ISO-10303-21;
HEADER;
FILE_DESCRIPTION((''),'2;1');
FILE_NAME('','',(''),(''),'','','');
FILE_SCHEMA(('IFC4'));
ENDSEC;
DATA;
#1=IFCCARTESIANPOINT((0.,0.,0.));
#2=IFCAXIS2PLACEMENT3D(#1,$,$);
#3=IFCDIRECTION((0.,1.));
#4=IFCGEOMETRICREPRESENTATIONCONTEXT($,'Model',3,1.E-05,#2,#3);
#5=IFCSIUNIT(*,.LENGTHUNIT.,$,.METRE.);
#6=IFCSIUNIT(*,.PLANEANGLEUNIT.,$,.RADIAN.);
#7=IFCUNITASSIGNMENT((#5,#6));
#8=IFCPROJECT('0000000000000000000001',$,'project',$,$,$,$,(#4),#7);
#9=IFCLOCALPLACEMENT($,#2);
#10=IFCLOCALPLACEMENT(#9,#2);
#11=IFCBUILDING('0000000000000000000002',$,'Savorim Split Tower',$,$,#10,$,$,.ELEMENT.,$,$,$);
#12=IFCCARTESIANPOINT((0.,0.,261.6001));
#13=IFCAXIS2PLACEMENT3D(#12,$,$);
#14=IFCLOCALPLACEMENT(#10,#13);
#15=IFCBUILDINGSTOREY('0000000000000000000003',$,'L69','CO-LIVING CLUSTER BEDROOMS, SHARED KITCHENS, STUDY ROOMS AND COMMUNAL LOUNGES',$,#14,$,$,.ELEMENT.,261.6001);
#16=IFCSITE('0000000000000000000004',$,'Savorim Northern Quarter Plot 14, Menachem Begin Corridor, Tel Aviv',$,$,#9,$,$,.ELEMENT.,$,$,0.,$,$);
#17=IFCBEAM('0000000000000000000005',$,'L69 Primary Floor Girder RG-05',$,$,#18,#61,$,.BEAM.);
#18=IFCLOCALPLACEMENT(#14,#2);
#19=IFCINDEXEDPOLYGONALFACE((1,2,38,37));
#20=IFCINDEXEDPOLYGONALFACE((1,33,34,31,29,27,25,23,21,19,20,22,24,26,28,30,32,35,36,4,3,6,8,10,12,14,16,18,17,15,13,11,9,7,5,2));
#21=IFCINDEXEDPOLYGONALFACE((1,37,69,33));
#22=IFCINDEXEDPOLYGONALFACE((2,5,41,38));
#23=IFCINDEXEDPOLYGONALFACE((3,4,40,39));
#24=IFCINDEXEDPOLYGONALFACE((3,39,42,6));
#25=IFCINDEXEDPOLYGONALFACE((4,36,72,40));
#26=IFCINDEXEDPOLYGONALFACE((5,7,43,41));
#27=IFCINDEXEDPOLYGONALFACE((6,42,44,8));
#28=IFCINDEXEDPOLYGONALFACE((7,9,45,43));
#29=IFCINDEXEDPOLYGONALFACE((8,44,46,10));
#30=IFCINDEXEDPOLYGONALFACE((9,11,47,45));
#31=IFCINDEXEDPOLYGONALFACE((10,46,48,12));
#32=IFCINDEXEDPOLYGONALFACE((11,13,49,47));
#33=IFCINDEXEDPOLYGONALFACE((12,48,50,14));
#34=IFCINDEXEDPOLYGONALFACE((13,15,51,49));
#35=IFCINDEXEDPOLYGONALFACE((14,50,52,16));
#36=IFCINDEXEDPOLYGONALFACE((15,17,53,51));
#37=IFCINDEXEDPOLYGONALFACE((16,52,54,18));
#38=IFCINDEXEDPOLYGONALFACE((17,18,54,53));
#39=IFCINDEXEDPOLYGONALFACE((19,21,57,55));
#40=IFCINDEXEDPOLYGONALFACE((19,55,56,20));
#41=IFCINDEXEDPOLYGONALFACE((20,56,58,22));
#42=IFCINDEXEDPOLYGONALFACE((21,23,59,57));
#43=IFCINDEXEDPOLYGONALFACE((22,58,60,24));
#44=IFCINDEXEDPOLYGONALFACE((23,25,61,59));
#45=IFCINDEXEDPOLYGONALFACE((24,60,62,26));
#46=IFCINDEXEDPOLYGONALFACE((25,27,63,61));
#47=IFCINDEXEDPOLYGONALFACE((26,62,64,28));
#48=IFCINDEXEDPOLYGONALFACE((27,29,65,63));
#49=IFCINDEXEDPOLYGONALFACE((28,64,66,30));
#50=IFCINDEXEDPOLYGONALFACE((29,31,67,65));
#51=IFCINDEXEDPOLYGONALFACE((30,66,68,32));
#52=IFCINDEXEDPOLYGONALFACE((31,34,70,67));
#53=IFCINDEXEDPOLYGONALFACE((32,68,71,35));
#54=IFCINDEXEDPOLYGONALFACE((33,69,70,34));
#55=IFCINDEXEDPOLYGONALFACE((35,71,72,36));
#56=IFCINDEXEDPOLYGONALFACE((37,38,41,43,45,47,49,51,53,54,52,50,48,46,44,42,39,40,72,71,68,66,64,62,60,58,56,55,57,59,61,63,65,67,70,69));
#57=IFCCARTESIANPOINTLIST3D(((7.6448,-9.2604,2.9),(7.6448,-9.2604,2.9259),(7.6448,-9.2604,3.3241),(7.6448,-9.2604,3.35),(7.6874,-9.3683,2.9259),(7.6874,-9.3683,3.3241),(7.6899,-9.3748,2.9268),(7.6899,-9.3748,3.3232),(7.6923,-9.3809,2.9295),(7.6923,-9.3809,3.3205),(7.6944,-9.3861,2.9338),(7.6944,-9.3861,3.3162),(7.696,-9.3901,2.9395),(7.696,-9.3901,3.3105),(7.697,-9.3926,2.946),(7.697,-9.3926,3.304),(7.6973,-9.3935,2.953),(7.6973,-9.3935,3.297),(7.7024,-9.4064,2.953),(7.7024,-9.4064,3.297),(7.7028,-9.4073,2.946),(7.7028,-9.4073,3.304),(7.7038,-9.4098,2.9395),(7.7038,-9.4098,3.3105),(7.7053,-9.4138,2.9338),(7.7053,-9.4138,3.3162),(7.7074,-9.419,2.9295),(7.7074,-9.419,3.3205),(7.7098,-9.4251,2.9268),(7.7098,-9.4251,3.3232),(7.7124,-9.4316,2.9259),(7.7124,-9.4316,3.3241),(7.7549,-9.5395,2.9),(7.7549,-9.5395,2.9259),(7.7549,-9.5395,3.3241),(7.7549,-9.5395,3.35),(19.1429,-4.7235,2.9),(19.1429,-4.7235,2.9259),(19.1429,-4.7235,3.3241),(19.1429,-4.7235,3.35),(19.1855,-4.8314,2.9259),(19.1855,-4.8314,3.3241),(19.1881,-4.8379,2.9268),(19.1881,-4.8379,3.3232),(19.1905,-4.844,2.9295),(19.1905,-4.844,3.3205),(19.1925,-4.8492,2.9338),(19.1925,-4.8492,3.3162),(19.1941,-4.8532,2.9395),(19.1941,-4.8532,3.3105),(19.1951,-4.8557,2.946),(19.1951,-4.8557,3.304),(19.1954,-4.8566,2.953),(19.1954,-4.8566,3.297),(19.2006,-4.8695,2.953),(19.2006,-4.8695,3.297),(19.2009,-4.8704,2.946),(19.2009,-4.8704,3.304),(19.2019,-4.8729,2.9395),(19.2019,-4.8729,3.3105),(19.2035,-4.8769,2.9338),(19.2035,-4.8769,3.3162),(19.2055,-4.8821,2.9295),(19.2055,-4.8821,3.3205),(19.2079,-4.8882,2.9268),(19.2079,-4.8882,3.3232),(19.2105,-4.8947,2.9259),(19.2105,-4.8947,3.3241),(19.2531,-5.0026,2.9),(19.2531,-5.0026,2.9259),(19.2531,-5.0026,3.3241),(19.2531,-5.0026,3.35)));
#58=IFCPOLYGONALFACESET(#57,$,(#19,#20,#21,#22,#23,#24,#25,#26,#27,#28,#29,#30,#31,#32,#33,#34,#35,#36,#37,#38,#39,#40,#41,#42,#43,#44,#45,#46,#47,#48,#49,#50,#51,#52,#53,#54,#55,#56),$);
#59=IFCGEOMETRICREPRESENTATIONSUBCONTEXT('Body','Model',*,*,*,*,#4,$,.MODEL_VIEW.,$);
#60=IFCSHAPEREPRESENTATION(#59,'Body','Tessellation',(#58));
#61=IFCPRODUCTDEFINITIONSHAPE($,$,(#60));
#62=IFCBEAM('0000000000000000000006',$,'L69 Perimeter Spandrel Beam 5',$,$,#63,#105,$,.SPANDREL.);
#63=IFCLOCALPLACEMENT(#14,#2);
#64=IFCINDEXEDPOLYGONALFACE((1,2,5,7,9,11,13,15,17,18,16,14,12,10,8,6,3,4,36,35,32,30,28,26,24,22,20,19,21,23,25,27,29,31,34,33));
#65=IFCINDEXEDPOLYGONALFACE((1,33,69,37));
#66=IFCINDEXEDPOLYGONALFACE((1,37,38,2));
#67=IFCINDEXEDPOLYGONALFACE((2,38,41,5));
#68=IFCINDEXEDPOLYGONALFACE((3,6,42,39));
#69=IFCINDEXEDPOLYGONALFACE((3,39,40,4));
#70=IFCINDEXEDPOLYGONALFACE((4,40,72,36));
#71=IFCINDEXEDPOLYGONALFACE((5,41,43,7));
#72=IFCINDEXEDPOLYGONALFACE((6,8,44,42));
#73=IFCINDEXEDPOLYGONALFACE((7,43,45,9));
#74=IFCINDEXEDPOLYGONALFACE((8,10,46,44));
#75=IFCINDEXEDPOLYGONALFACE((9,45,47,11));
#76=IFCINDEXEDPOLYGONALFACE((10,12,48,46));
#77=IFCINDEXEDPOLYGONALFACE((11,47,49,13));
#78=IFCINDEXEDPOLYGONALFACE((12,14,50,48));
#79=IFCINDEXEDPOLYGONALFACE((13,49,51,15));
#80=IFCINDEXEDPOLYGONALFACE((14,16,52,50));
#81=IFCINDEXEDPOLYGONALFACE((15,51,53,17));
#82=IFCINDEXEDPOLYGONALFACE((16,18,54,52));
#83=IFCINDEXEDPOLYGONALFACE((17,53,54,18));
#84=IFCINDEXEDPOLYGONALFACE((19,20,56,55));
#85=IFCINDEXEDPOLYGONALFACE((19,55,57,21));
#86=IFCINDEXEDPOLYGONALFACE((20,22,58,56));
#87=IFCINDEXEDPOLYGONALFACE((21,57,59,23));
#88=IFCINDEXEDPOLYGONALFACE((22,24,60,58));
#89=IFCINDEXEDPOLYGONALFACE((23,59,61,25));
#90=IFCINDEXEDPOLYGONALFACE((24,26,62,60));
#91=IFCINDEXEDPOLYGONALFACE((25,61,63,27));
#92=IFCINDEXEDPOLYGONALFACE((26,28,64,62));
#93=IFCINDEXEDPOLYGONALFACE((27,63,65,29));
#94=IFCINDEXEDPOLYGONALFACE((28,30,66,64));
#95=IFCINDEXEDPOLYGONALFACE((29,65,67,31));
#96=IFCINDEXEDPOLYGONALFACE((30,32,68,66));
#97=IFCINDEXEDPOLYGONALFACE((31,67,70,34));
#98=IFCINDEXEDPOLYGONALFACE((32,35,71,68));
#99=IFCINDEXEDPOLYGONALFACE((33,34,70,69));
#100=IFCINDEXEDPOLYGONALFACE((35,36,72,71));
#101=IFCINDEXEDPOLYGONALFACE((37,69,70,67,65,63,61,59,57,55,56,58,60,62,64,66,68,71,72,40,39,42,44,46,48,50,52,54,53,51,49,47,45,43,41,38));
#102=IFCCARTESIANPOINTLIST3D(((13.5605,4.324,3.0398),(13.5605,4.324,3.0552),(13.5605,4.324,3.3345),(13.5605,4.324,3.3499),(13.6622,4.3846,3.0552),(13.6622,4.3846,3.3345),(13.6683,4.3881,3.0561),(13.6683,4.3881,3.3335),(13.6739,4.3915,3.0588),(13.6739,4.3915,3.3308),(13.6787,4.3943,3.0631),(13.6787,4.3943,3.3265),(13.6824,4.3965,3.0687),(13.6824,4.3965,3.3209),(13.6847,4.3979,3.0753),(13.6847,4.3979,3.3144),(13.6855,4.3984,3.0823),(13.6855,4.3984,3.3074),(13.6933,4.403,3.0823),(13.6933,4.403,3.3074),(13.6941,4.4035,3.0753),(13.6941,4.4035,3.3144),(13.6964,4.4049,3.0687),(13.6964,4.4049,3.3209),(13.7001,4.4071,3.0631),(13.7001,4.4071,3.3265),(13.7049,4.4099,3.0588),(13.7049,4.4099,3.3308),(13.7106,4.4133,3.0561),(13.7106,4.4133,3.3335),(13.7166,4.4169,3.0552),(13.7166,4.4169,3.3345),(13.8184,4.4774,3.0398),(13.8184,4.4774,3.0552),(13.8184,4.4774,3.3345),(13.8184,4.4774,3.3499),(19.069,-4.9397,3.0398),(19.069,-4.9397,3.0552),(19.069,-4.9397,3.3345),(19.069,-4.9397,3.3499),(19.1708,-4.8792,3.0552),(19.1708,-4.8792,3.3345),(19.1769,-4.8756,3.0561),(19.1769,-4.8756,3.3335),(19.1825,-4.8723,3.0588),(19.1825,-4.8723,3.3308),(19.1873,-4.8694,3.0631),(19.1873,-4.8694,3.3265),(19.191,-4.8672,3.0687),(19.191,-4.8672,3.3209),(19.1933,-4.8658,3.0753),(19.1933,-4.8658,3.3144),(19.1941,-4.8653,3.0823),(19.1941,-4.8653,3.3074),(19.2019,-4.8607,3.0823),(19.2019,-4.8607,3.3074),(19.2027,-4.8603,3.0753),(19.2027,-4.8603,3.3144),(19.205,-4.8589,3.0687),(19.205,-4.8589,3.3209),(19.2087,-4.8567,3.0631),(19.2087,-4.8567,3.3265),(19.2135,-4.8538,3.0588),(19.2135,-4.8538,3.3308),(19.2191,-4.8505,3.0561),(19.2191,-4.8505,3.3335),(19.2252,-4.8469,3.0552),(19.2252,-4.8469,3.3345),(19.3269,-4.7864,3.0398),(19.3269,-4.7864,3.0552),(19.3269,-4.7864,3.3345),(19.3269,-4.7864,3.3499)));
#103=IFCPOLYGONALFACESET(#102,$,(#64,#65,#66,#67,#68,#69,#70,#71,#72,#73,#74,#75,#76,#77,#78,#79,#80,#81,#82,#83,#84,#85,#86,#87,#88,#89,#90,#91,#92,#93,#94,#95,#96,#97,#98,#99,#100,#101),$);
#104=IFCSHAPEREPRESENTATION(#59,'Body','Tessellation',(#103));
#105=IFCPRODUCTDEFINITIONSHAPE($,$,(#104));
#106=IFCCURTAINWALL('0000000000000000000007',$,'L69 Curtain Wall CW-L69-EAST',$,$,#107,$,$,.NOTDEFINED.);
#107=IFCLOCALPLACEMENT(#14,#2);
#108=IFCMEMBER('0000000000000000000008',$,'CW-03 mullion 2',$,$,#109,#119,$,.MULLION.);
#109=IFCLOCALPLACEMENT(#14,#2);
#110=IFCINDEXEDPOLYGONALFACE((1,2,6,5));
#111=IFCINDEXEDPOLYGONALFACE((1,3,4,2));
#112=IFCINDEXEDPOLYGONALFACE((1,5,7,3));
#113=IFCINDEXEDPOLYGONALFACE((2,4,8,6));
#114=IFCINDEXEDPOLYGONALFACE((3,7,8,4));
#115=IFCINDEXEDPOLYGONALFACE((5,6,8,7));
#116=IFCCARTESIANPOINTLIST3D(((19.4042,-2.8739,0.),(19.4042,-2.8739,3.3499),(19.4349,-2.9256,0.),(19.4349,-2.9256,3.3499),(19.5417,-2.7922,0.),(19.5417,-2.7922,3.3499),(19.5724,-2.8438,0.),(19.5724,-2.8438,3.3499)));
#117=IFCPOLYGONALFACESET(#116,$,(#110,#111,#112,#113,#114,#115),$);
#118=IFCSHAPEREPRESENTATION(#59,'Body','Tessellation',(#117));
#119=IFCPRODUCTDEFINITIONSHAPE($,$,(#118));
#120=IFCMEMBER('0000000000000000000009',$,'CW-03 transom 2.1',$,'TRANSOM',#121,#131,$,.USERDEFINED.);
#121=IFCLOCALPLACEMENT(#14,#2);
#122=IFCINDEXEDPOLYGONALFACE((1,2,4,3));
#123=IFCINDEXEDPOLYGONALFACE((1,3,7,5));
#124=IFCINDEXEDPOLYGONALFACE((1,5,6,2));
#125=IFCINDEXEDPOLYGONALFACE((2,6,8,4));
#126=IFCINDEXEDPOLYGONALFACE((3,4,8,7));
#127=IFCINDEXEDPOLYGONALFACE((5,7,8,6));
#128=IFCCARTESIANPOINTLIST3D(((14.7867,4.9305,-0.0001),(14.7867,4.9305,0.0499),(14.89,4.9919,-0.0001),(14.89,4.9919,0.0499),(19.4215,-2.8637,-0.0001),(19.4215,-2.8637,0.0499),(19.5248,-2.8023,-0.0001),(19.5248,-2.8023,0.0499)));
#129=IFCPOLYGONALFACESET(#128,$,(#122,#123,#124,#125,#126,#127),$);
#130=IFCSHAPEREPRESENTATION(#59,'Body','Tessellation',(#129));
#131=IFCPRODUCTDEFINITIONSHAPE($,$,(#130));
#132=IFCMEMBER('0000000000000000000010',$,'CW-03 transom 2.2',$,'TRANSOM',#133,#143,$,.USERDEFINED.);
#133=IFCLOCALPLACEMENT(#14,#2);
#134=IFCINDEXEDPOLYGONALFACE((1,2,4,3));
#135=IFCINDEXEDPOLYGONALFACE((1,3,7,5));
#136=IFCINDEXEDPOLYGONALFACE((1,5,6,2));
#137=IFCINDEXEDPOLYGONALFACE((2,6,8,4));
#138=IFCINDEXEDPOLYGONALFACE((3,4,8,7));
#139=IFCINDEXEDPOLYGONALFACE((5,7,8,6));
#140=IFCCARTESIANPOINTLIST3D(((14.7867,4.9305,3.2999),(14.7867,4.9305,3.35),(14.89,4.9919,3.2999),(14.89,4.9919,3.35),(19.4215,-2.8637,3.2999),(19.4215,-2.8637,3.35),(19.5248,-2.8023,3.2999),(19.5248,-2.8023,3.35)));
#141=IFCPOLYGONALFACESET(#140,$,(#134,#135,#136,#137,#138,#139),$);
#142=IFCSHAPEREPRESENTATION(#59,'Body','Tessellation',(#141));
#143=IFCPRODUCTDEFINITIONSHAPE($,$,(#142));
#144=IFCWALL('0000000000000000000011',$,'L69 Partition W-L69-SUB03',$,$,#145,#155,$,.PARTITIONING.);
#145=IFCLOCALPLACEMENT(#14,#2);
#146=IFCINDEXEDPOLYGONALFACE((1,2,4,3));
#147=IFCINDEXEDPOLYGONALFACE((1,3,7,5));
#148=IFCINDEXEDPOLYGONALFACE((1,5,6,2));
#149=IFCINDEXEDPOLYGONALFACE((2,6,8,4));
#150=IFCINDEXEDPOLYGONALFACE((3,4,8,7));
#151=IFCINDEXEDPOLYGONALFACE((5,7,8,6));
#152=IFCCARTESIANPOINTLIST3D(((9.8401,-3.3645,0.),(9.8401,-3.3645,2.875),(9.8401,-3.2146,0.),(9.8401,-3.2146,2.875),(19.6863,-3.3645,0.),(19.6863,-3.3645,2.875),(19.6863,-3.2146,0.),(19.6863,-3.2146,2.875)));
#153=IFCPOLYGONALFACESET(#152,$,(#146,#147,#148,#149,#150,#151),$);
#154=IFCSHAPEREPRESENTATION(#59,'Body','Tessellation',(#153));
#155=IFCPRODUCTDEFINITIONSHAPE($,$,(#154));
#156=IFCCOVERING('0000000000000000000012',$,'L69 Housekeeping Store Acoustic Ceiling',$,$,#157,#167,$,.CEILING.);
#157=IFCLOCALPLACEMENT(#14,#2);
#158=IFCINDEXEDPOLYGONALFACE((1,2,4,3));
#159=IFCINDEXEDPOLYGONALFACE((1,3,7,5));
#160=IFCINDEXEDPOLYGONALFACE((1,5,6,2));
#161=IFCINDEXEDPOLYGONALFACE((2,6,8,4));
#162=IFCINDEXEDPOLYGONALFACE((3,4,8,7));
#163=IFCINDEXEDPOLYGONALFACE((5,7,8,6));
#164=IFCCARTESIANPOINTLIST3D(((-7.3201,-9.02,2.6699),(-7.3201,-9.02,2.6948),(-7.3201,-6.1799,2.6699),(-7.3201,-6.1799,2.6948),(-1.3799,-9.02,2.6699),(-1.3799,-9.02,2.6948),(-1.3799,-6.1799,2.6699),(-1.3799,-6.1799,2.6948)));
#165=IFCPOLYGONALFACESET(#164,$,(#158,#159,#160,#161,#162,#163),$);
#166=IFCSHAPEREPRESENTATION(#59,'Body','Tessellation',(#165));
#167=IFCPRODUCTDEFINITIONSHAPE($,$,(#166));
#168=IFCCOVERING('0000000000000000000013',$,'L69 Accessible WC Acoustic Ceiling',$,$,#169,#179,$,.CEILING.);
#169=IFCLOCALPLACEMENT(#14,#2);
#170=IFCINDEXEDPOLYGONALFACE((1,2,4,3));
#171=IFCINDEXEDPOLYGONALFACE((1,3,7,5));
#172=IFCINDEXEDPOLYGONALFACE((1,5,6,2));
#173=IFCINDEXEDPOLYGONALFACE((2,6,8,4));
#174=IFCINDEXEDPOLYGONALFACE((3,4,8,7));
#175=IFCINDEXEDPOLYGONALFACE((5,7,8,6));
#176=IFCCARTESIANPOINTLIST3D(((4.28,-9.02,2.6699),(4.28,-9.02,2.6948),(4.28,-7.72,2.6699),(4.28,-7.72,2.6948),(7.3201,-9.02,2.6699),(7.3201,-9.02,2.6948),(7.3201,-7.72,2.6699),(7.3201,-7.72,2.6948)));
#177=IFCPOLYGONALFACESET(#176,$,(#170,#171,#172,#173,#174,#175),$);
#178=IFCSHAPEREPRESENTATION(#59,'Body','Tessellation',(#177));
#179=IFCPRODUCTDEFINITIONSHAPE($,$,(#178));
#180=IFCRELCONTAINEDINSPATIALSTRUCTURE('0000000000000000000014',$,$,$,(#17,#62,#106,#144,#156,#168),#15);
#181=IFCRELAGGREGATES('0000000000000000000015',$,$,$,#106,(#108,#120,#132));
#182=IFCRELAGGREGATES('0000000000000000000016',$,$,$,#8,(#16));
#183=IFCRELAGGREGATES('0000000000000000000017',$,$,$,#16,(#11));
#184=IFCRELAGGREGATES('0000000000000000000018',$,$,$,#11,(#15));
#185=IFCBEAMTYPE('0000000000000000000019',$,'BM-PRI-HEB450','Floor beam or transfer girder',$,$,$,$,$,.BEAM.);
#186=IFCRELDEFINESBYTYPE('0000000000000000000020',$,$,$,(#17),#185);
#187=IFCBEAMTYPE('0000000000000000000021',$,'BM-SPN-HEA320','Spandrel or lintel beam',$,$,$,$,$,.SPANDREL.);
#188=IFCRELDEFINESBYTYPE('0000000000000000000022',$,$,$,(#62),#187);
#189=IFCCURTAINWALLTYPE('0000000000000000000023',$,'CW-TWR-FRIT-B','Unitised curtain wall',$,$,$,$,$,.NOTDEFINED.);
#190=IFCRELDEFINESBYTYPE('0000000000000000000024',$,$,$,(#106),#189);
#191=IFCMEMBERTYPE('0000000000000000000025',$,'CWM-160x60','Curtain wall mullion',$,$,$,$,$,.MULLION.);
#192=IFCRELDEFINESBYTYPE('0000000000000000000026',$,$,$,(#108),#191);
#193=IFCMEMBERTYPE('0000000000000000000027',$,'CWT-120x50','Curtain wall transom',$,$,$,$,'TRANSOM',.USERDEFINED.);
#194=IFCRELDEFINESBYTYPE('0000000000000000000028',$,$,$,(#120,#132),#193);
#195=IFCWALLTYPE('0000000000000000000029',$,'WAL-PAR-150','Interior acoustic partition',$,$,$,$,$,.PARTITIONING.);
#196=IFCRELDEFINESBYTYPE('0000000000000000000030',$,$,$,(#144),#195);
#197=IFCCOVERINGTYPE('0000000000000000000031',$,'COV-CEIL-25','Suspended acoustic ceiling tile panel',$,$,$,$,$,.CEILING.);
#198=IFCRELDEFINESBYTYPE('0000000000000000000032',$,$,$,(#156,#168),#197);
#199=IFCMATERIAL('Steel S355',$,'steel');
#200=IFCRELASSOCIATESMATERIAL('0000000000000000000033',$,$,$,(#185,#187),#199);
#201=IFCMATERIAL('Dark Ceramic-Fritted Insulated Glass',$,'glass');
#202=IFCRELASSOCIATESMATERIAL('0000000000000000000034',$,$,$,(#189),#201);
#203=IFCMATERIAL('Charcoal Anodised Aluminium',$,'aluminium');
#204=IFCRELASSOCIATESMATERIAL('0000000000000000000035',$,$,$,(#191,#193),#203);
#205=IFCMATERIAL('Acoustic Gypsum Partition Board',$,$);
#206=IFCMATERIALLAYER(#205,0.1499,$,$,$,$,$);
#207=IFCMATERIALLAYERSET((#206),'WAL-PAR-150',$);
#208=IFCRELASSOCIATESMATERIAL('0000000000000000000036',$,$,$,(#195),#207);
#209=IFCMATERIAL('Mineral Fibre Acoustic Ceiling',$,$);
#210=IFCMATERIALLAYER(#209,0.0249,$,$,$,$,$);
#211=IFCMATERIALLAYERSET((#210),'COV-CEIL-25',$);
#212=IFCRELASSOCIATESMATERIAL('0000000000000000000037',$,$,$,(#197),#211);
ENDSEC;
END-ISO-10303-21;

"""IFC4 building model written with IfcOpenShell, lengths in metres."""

from ifc_helpers import new_model, si_unit, direction, frame, frame_2d, origin, origin_2d, place, context, subcontext, project, spatial, polyline, rectangle, i_section, outline, extrude, material, layer, layer_set, material_profile, profile_set, type_object, element, aggregate, save


model = new_model("IFC4")

# Units and contexts
model_context = context("Model", 3, precision=1e-05, world=origin(), true_north=direction((0.0, 1.0)))
body_context = subcontext(model_context, "Body", "Model", "MODEL_VIEW")
ifc_project = project(units=[si_unit("LENGTHUNIT", "METRE"), si_unit("PLANEANGLEUNIT", "RADIAN")], contexts=[model_context])

# Site, building, storey
site_placement = place(None, origin())
site = spatial("IfcSite", under=ifc_project, at=site_placement, Name="Savorim Northern Quarter Plot 14, Menachem Begin Corridor, Tel Aviv", CompositionType="ELEMENT", RefElevation=0.0)
building_placement = place(site_placement, origin())
building = spatial("IfcBuilding", under=site, at=building_placement, Name="Savorim Split Tower", CompositionType="ELEMENT")
storey_placement = place(building_placement, frame((0.0, 0.0, 261.6001)))
storey = spatial("IfcBuildingStorey", under=building, at=storey_placement, Name="L69", Description="CO-LIVING CLUSTER BEDROOMS, SHARED KITCHENS, STUDY ROOMS AND COMMUNAL LOUNGES", CompositionType="ELEMENT", Elevation=261.6001)

# Beams
ifc_material_1 = material(Name="Steel S355", Category="steel")
ifc_material_profile_1 = material_profile(ifc_material_1, i_section(OverallWidth=0.3, OverallDepth=0.45, WebThickness=0.0139, FlangeThickness=0.0259, FilletRadius=0.0271, at=origin_2d()), Name="HEB 450")
ifc_profile_set_1 = profile_set([ifc_material_profile_1], Name="Steel S355")
beam_type_1 = type_object("IfcBeamType", Name="BM-PRI-HEB450", Description="Floor beam or transfer girder", PredefinedType="BEAM", material=ifc_profile_set_1)
beam_1_placement = place(storey_placement, frame((19.198, -4.863, 3.125), z_axis=(-0.930206, -0.367038, 0.0), x_axis=(0.367038, -0.930206, 0.0)))
element("IfcBeam", 1, at=beam_1_placement, inside=storey, type_object=beam_type_1, Name="L69 Primary Floor Girder RG-05", PredefinedType="BEAM", context=body_context, shape_type="SweptSolid", body=[
    extrude(i_section(OverallWidth=0.3, OverallDepth=0.45, WebThickness=0.0139, FlangeThickness=0.0259, FilletRadius=0.0271, at=origin_2d()), origin(), (0.0, 0.0, 1.0), 12.3608),
])
ifc_material_profile_2 = material_profile(ifc_material_1, i_section(OverallWidth=0.3, OverallDepth=0.3101, WebThickness=0.009, FlangeThickness=0.0154, FilletRadius=0.0271, at=origin_2d()), Name="HEA 320")
ifc_profile_set_2 = profile_set([ifc_material_profile_2], Name="Steel S355")
beam_type_2 = type_object("IfcBeamType", Name="BM-SPN-HEA320", Description="Spandrel or lintel beam", PredefinedType="SPANDREL", material=ifc_profile_set_2)
beam_2_placement = place(storey_placement, frame((19.198, -4.863, 3.1948), z_axis=(-0.511104, 0.859519, 0.0), x_axis=(-0.859519, -0.511104, 0.0)))
element("IfcBeam", 2, at=beam_2_placement, inside=storey, type_object=beam_type_2, Name="L69 Perimeter Spandrel Beam 5", PredefinedType="SPANDREL", context=body_context, shape_type="SweptSolid", body=[
    extrude(i_section(OverallWidth=0.3, OverallDepth=0.3101, WebThickness=0.009, FlangeThickness=0.0154, FilletRadius=0.0271, at=origin_2d()), origin(), (0.0, 0.0, 1.0), 10.7778),
])

# Curtain wall, members
ifc_material_2 = material(Name="Dark Ceramic-Fritted Insulated Glass", Category="glass")
curtain_wall_type = type_object("IfcCurtainWallType", Name="CW-TWR-FRIT-B", Description="Unitised curtain wall", PredefinedType="NOTDEFINED", material=ifc_material_2)
curtain_wall_placement = place(storey_placement, origin())
curtain_wall = element("IfcCurtainWall", 3, at=curtain_wall_placement, inside=storey, type_object=curtain_wall_type, Name="L69 Curtain Wall CW-L69-EAST", PredefinedType="NOTDEFINED")
ifc_material_3 = material(Name="Charcoal Anodised Aluminium", Category="aluminium")
ifc_material_profile_3 = material_profile(ifc_material_3, rectangle(XDim=0.1599, YDim=0.0601, at=origin_2d()), Name="ALU-M 160x60")
ifc_profile_set_3 = profile_set([ifc_material_profile_3], Name="Charcoal Anodised Aluminium")
member_type_1 = type_object("IfcMemberType", Name="CWM-160x60", Description="Curtain wall mullion", PredefinedType="MULLION", material=ifc_profile_set_3)
member_1_placement = place(storey_placement, frame((19.4883, -2.8589, 0.0), z_axis=(0.0, 0.0, 1.0), x_axis=(-0.859527, -0.51109, 0.0)))
member_1 = element("IfcMember", 4, at=member_1_placement, type_object=member_type_1, Name="CW-03 mullion 2", PredefinedType="MULLION", context=body_context, shape_type="SweptSolid", body=[
    extrude(rectangle(XDim=0.1599, YDim=0.0601, at=origin_2d()), origin(), (0.0, 0.0, 1.0), 3.3499),
])
ifc_material_profile_4 = material_profile(ifc_material_3, rectangle(XDim=0.1201, YDim=0.05, at=origin_2d()), Name="ALU-T 120x50")
ifc_profile_set_4 = profile_set([ifc_material_profile_4], Name="Charcoal Anodised Aluminium")
member_type_2 = type_object("IfcMemberType", Name="CWT-120x50", Description="Curtain wall transom", ElementType="TRANSOM", PredefinedType="USERDEFINED", material=ifc_profile_set_4)
member_2_placement = place(storey_placement, frame((19.4731, -2.833, 0.0249), z_axis=(-0.511107, 0.859517, 0.0), x_axis=(-0.859517, -0.511107, 0.0)))
member_2 = element("IfcMember", 5, at=member_2_placement, type_object=member_type_2, Name="CW-03 transom 2.1", ObjectType="TRANSOM", PredefinedType="USERDEFINED", context=body_context, shape_type="SweptSolid", body=[
    extrude(rectangle(XDim=0.1201, YDim=0.05, at=origin_2d()), origin(), (0.0, 0.0, 1.0), 9.0681),
])
member_3_placement = place(storey_placement, frame((19.4731, -2.833, 3.325), z_axis=(-0.511107, 0.859517, 0.0), x_axis=(-0.859517, -0.511107, 0.0)))
member_3 = element("IfcMember", 6, at=member_3_placement, type_object=member_type_2, Name="CW-03 transom 2.2", ObjectType="TRANSOM", PredefinedType="USERDEFINED", context=body_context, shape_type="SweptSolid", body=[
    extrude(rectangle(XDim=0.1201, YDim=0.05, at=origin_2d()), origin(), (0.0, 0.0, 1.0), 9.0681),
])
aggregate(curtain_wall, [member_1, member_2, member_3])

# Wall
ifc_material_4 = material(Name="Acoustic Gypsum Partition Board")
ifc_layer_1 = layer(ifc_material_4, 0.1499)
ifc_layer_set_1 = layer_set([ifc_layer_1], Name="WAL-PAR-150")
wall_type = type_object("IfcWallType", Name="WAL-PAR-150", Description="Interior acoustic partition", PredefinedType="PARTITIONING", material=ifc_layer_set_1)
wall_placement = place(storey_placement, frame((9.8401, -3.2896, 0.0), z_axis=(0.0, 0.0, 1.0), x_axis=(1.0, 0.0, 0.0)))
element("IfcWall", 7, at=wall_placement, inside=storey, type_object=wall_type, Name="L69 Partition W-L69-SUB03", PredefinedType="PARTITIONING", context=body_context, shape_type="SweptSolid", body=[
    extrude(rectangle(XDim=9.8462, YDim=0.1499, at=frame_2d((4.9231, 0.0))), origin(), (0.0, 0.0, 1.0), 2.875),
])

# Coverings
ifc_material_5 = material(Name="Mineral Fibre Acoustic Ceiling")
ifc_layer_2 = layer(ifc_material_5, 0.0249)
ifc_layer_set_2 = layer_set([ifc_layer_2], Name="COV-CEIL-25")
covering_type_1 = type_object("IfcCoveringType", Name="COV-CEIL-25", Description="Suspended acoustic ceiling tile panel", PredefinedType="CEILING", material=ifc_layer_set_2)
covering_1_placement = place(storey_placement, frame((0.0, 0.0, 2.6699)))
element("IfcCovering", 8, at=covering_1_placement, inside=storey, type_object=covering_type_1, Name="L69 Housekeeping Store Acoustic Ceiling", PredefinedType="CEILING", context=body_context, shape_type="SweptSolid", body=[
    extrude(outline(polyline([(-7.3201, -6.1799), (-7.3201, -9.02), (-1.3799, -9.02), (-1.3799, -6.1799), (-7.3201, -6.1799)])), origin(), (0.0, 0.0, 1.0), 0.0249),
])
covering_2_placement = place(storey_placement, frame((0.0, 0.0, 2.6699)))
element("IfcCovering", 9, at=covering_2_placement, inside=storey, type_object=covering_type_1, Name="L69 Accessible WC Acoustic Ceiling", PredefinedType="CEILING", context=body_context, shape_type="SweptSolid", body=[
    extrude(outline(polyline([(4.28, -7.72), (4.28, -9.02), (7.3201, -9.02), (7.3201, -7.72), (4.28, -7.72)])), origin(), (0.0, 0.0, 1.0), 0.0249),
])

save(model, "model.ifc")
